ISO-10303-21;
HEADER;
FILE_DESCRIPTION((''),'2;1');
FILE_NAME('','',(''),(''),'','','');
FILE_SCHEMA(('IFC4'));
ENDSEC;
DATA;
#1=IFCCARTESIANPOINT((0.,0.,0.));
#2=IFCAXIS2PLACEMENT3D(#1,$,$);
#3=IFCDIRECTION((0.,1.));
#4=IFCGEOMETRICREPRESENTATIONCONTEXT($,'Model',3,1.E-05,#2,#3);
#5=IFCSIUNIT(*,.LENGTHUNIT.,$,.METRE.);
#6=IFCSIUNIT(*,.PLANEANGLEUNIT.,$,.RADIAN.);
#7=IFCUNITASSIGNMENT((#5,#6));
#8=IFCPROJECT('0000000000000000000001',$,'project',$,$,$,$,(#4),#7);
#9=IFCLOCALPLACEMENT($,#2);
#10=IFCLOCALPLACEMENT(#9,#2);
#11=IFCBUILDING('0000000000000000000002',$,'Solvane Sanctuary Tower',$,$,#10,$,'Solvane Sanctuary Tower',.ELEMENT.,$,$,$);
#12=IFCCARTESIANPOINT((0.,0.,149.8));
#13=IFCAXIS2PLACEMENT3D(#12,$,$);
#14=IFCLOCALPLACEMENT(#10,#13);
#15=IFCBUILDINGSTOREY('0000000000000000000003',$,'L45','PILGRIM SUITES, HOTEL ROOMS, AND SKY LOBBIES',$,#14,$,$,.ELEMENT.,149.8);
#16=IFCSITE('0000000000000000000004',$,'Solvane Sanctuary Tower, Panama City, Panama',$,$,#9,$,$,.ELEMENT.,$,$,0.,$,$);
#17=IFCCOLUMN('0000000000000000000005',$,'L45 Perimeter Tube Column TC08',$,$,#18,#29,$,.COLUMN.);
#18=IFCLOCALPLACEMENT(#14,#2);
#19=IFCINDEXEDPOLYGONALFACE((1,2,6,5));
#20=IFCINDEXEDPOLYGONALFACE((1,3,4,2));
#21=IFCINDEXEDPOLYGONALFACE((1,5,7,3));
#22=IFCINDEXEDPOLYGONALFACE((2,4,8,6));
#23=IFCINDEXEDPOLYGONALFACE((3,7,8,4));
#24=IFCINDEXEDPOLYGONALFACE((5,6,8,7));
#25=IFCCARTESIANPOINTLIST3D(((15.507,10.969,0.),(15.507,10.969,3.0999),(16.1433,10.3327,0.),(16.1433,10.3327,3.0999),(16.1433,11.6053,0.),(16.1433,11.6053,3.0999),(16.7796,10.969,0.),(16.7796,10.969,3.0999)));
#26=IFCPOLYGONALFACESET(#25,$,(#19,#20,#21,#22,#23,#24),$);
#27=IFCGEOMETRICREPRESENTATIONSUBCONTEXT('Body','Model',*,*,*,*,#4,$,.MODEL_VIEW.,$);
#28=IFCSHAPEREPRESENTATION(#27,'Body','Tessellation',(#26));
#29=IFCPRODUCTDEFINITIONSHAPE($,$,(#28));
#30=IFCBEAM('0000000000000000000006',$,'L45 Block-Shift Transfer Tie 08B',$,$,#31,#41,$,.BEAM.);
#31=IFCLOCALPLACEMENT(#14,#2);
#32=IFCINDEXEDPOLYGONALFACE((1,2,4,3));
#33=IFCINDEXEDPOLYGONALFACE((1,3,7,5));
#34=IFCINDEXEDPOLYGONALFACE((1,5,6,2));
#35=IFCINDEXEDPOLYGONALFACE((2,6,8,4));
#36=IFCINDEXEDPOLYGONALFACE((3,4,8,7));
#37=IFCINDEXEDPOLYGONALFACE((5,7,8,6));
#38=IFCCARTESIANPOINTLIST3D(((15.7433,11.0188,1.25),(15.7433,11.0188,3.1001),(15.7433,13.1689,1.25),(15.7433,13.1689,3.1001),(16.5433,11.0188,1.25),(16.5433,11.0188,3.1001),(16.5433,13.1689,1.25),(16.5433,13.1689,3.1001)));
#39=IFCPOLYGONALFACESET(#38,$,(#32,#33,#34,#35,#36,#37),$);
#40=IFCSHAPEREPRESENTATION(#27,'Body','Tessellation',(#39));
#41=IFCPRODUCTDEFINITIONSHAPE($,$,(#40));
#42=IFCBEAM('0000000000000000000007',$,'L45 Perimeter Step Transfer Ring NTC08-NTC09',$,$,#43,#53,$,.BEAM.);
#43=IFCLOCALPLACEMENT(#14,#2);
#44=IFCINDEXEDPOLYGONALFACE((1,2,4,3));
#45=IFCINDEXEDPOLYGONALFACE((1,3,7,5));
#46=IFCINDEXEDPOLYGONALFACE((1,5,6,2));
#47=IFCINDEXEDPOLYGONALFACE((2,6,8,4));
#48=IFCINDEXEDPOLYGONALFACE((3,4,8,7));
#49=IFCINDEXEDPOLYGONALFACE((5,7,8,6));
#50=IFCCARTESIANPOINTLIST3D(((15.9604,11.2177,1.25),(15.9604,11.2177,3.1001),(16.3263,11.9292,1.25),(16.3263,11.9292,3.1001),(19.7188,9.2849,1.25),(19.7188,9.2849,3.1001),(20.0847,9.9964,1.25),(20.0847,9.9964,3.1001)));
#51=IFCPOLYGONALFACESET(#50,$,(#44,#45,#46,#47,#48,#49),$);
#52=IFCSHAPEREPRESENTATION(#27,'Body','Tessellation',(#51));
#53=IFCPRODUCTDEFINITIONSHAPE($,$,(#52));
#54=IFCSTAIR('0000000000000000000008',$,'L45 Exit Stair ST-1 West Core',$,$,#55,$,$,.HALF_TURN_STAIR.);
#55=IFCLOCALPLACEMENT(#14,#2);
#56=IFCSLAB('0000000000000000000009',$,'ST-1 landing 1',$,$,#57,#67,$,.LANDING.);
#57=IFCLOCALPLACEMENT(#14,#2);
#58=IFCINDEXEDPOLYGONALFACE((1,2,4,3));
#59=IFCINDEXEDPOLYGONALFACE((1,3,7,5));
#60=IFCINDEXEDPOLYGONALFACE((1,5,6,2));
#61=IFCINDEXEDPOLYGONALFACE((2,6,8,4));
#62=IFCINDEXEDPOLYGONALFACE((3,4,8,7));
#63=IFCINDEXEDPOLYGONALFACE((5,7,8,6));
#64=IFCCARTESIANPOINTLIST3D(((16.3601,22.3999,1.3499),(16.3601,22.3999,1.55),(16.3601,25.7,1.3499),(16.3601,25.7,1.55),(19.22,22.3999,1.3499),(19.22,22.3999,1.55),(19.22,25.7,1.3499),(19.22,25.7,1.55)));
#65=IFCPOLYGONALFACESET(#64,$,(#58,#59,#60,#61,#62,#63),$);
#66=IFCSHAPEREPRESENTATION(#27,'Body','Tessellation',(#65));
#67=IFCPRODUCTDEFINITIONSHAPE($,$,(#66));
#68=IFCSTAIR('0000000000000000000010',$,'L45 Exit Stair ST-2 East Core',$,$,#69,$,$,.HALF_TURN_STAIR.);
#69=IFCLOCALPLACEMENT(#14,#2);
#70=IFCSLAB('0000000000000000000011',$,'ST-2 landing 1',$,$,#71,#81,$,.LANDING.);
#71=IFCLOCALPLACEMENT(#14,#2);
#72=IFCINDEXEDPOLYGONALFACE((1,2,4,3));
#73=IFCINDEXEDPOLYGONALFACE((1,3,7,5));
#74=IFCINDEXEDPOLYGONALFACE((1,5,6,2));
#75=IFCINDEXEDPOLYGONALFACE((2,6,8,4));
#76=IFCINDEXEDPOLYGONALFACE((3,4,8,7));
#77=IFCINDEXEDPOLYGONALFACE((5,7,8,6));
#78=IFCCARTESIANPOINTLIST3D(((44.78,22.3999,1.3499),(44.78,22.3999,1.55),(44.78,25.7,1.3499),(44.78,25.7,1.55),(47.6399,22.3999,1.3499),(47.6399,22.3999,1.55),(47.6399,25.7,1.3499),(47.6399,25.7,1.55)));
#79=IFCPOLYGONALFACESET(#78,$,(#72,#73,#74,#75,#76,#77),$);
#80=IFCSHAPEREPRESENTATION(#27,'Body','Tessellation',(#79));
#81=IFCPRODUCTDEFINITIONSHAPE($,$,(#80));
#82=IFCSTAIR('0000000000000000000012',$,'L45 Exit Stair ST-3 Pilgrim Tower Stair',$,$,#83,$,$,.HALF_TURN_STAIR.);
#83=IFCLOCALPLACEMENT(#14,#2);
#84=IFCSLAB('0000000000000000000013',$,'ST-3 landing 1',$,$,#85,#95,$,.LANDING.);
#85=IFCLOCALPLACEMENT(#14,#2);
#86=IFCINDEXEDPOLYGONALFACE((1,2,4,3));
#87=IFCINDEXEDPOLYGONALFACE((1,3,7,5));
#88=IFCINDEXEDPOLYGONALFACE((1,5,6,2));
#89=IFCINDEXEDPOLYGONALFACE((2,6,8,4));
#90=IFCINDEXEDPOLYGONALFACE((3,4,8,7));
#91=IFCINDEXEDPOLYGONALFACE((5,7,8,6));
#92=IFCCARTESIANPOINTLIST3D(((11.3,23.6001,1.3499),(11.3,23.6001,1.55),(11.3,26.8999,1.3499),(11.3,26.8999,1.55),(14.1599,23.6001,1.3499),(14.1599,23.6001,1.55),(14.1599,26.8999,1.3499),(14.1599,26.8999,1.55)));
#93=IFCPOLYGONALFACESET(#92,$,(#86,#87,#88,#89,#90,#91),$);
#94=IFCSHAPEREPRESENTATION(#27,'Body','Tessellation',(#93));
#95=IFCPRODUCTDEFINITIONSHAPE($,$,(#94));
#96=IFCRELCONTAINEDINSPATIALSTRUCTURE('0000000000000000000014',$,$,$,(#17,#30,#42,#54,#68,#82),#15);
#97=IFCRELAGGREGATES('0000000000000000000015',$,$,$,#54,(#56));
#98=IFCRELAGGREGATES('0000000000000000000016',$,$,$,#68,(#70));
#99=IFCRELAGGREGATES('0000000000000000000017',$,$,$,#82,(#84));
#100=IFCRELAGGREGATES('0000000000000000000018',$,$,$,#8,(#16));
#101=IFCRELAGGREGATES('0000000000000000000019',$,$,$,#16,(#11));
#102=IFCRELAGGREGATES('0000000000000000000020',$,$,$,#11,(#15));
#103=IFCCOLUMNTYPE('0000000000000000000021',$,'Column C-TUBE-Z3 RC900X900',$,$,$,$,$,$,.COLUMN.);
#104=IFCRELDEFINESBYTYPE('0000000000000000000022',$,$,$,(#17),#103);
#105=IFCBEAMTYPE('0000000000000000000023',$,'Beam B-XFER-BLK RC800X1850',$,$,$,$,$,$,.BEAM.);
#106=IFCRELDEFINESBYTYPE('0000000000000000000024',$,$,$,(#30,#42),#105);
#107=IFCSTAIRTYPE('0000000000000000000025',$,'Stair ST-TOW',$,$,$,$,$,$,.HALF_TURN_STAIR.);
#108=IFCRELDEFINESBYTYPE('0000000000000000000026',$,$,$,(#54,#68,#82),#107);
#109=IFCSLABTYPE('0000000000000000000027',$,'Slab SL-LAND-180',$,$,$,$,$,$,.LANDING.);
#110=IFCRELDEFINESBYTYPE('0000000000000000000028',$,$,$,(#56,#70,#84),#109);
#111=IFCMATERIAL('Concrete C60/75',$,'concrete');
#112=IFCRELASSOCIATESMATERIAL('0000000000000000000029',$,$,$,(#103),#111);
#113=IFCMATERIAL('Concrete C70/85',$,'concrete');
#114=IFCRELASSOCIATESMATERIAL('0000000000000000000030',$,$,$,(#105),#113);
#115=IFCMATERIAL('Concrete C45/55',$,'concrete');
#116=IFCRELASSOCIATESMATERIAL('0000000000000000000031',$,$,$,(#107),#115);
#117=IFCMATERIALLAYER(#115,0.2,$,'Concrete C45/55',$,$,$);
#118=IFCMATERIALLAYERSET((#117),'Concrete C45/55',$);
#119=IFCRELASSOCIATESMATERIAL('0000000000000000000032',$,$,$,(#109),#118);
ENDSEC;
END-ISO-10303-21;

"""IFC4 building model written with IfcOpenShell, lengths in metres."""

from ifc_helpers import new_model, si_unit, direction, frame, origin, origin_2d, place, context, subcontext, project, spatial, polyline, rectangle, outline, extrude, material, layer, layer_set, material_profile, profile_set, type_object, element, aggregate, save


model = new_model("IFC4")

# Units and contexts
model_context = context("Model", 3, precision=1e-05, world=origin(), true_north=direction((0.0, 1.0)))
body_context = subcontext(model_context, "Body", "Model", "MODEL_VIEW")
ifc_project = project(units=[si_unit("LENGTHUNIT", "METRE"), si_unit("PLANEANGLEUNIT", "RADIAN")], contexts=[model_context])

# Site, building, storey
site_placement = place(None, origin())
site = spatial("IfcSite", under=ifc_project, at=site_placement, Name="Solvane Sanctuary Tower, Panama City, Panama", CompositionType="ELEMENT", RefElevation=0.0)
building_placement = place(site_placement, origin())
building = spatial("IfcBuilding", under=site, at=building_placement, Name="Solvane Sanctuary Tower", LongName="Solvane Sanctuary Tower", CompositionType="ELEMENT")
storey_placement = place(building_placement, frame((0.0, 0.0, 149.8)))
storey = spatial("IfcBuildingStorey", under=building, at=storey_placement, Name="L45", Description="PILGRIM SUITES, HOTEL ROOMS, AND SKY LOBBIES", CompositionType="ELEMENT", Elevation=149.8)

# Column
ifc_material_1 = material(Name="Concrete C60/75", Category="concrete")
ifc_material_profile_1 = material_profile(ifc_material_1, rectangle(XDim=0.8999, YDim=0.8999, at=origin_2d()), Name="RC900X900")
ifc_profile_set_1 = profile_set([ifc_material_profile_1], Name="Concrete C60/75")
column_type = type_object("IfcColumnType", Name="Column C-TUBE-Z3 RC900X900", PredefinedType="COLUMN", material=ifc_profile_set_1)
column_placement = place(storey_placement, frame((16.1433, 10.969, 0.0), z_axis=(0.0, 0.0, 1.0), x_axis=(-0.707107, -0.707107, 0.0)))
element("IfcColumn", 1, at=column_placement, inside=storey, type_object=column_type, Name="L45 Perimeter Tube Column TC08", PredefinedType="COLUMN", context=body_context, shape_type="SweptSolid", body=[
    extrude(rectangle(XDim=0.8999, YDim=0.8999, at=origin_2d()), origin(), (0.0, 0.0, 1.0), 3.0999),
])

# Beams
ifc_material_2 = material(Name="Concrete C70/85", Category="concrete")
ifc_material_profile_2 = material_profile(ifc_material_2, rectangle(XDim=0.8, YDim=1.8501, at=origin_2d()), Name="RC800X1850")
ifc_profile_set_2 = profile_set([ifc_material_profile_2], Name="Concrete C70/85")
beam_type = type_object("IfcBeamType", Name="Beam B-XFER-BLK RC800X1850", PredefinedType="BEAM", material=ifc_profile_set_2)
beam_1_placement = place(storey_placement, frame((16.1433, 11.0188, 2.175), z_axis=(0.0, 1.0, 0.0), x_axis=(-1.0, 0.0, 0.0)))
element("IfcBeam", 2, at=beam_1_placement, inside=storey, type_object=beam_type, Name="L45 Block-Shift Transfer Tie 08B", PredefinedType="BEAM", context=body_context, shape_type="SweptSolid", body=[
    extrude(rectangle(XDim=0.8, YDim=1.8501, at=origin_2d()), origin(), (0.0, 0.0, 1.0), 2.1501),
])
beam_2_placement = place(storey_placement, frame((16.1433, 11.5735, 2.175), z_axis=(0.889298, -0.457328, 0.0), x_axis=(0.457328, 0.889298, 0.0)))
element("IfcBeam", 3, at=beam_2_placement, inside=storey, type_object=beam_type, Name="L45 Perimeter Step Transfer Ring NTC08-NTC09", PredefinedType="BEAM", context=body_context, shape_type="SweptSolid", body=[
    extrude(rectangle(XDim=0.8, YDim=1.8501, at=origin_2d()), origin(), (0.0, 0.0, 1.0), 4.2263),
])

# Stairs, slabs
ifc_material_3 = material(Name="Concrete C45/55", Category="concrete")
stair_type = type_object("IfcStairType", Name="Stair ST-TOW", PredefinedType="HALF_TURN_STAIR", material=ifc_material_3)
stair_1_placement = place(storey_placement, origin())
stair_1 = element("IfcStair", 4, at=stair_1_placement, inside=storey, type_object=stair_type, Name="L45 Exit Stair ST-1 West Core", PredefinedType="HALF_TURN_STAIR")
ifc_layer_1 = layer(ifc_material_3, 0.2, Name="Concrete C45/55")
ifc_layer_set_1 = layer_set([ifc_layer_1], Name="Concrete C45/55")
slab_type_1 = type_object("IfcSlabType", Name="Slab SL-LAND-180", PredefinedType="LANDING", material=ifc_layer_set_1)
slab_1_placement = place(storey_placement, frame((0.0, 0.0, 1.3499)))
slab_1 = element("IfcSlab", 5, at=slab_1_placement, type_object=slab_type_1, Name="ST-1 landing 1", PredefinedType="LANDING", context=body_context, shape_type="SweptSolid", body=[
    extrude(outline(polyline([(19.22, 22.3999), (19.22, 25.7), (16.3601, 25.7), (16.3601, 22.3999), (19.22, 22.3999)])), origin(), (0.0, 0.0, 1.0), 0.2002),
])
aggregate(stair_1, [slab_1])
stair_2_placement = place(storey_placement, origin())
stair_2 = element("IfcStair", 6, at=stair_2_placement, inside=storey, type_object=stair_type, Name="L45 Exit Stair ST-2 East Core", PredefinedType="HALF_TURN_STAIR")
slab_2_placement = place(storey_placement, frame((0.0, 0.0, 1.3499)))
slab_2 = element("IfcSlab", 7, at=slab_2_placement, type_object=slab_type_1, Name="ST-2 landing 1", PredefinedType="LANDING", context=body_context, shape_type="SweptSolid", body=[
    extrude(outline(polyline([(47.6399, 22.3999), (47.6399, 25.7), (44.78, 25.7), (44.78, 22.3999), (47.6399, 22.3999)])), origin(), (0.0, 0.0, 1.0), 0.2002),
])
aggregate(stair_2, [slab_2])
stair_3_placement = place(storey_placement, origin())
stair_3 = element("IfcStair", 8, at=stair_3_placement, inside=storey, type_object=stair_type, Name="L45 Exit Stair ST-3 Pilgrim Tower Stair", PredefinedType="HALF_TURN_STAIR")
slab_3_placement = place(storey_placement, frame((0.0, 0.0, 1.3499)))
slab_3 = element("IfcSlab", 9, at=slab_3_placement, type_object=slab_type_1, Name="ST-3 landing 1", PredefinedType="LANDING", context=body_context, shape_type="SweptSolid", body=[
    extrude(outline(polyline([(14.1599, 23.6001), (14.1599, 26.8999), (11.3, 26.8999), (11.3, 23.6001), (14.1599, 23.6001)])), origin(), (0.0, 0.0, 1.0), 0.2002),
])
aggregate(stair_3, [slab_3])

save(model, "model.ifc")
